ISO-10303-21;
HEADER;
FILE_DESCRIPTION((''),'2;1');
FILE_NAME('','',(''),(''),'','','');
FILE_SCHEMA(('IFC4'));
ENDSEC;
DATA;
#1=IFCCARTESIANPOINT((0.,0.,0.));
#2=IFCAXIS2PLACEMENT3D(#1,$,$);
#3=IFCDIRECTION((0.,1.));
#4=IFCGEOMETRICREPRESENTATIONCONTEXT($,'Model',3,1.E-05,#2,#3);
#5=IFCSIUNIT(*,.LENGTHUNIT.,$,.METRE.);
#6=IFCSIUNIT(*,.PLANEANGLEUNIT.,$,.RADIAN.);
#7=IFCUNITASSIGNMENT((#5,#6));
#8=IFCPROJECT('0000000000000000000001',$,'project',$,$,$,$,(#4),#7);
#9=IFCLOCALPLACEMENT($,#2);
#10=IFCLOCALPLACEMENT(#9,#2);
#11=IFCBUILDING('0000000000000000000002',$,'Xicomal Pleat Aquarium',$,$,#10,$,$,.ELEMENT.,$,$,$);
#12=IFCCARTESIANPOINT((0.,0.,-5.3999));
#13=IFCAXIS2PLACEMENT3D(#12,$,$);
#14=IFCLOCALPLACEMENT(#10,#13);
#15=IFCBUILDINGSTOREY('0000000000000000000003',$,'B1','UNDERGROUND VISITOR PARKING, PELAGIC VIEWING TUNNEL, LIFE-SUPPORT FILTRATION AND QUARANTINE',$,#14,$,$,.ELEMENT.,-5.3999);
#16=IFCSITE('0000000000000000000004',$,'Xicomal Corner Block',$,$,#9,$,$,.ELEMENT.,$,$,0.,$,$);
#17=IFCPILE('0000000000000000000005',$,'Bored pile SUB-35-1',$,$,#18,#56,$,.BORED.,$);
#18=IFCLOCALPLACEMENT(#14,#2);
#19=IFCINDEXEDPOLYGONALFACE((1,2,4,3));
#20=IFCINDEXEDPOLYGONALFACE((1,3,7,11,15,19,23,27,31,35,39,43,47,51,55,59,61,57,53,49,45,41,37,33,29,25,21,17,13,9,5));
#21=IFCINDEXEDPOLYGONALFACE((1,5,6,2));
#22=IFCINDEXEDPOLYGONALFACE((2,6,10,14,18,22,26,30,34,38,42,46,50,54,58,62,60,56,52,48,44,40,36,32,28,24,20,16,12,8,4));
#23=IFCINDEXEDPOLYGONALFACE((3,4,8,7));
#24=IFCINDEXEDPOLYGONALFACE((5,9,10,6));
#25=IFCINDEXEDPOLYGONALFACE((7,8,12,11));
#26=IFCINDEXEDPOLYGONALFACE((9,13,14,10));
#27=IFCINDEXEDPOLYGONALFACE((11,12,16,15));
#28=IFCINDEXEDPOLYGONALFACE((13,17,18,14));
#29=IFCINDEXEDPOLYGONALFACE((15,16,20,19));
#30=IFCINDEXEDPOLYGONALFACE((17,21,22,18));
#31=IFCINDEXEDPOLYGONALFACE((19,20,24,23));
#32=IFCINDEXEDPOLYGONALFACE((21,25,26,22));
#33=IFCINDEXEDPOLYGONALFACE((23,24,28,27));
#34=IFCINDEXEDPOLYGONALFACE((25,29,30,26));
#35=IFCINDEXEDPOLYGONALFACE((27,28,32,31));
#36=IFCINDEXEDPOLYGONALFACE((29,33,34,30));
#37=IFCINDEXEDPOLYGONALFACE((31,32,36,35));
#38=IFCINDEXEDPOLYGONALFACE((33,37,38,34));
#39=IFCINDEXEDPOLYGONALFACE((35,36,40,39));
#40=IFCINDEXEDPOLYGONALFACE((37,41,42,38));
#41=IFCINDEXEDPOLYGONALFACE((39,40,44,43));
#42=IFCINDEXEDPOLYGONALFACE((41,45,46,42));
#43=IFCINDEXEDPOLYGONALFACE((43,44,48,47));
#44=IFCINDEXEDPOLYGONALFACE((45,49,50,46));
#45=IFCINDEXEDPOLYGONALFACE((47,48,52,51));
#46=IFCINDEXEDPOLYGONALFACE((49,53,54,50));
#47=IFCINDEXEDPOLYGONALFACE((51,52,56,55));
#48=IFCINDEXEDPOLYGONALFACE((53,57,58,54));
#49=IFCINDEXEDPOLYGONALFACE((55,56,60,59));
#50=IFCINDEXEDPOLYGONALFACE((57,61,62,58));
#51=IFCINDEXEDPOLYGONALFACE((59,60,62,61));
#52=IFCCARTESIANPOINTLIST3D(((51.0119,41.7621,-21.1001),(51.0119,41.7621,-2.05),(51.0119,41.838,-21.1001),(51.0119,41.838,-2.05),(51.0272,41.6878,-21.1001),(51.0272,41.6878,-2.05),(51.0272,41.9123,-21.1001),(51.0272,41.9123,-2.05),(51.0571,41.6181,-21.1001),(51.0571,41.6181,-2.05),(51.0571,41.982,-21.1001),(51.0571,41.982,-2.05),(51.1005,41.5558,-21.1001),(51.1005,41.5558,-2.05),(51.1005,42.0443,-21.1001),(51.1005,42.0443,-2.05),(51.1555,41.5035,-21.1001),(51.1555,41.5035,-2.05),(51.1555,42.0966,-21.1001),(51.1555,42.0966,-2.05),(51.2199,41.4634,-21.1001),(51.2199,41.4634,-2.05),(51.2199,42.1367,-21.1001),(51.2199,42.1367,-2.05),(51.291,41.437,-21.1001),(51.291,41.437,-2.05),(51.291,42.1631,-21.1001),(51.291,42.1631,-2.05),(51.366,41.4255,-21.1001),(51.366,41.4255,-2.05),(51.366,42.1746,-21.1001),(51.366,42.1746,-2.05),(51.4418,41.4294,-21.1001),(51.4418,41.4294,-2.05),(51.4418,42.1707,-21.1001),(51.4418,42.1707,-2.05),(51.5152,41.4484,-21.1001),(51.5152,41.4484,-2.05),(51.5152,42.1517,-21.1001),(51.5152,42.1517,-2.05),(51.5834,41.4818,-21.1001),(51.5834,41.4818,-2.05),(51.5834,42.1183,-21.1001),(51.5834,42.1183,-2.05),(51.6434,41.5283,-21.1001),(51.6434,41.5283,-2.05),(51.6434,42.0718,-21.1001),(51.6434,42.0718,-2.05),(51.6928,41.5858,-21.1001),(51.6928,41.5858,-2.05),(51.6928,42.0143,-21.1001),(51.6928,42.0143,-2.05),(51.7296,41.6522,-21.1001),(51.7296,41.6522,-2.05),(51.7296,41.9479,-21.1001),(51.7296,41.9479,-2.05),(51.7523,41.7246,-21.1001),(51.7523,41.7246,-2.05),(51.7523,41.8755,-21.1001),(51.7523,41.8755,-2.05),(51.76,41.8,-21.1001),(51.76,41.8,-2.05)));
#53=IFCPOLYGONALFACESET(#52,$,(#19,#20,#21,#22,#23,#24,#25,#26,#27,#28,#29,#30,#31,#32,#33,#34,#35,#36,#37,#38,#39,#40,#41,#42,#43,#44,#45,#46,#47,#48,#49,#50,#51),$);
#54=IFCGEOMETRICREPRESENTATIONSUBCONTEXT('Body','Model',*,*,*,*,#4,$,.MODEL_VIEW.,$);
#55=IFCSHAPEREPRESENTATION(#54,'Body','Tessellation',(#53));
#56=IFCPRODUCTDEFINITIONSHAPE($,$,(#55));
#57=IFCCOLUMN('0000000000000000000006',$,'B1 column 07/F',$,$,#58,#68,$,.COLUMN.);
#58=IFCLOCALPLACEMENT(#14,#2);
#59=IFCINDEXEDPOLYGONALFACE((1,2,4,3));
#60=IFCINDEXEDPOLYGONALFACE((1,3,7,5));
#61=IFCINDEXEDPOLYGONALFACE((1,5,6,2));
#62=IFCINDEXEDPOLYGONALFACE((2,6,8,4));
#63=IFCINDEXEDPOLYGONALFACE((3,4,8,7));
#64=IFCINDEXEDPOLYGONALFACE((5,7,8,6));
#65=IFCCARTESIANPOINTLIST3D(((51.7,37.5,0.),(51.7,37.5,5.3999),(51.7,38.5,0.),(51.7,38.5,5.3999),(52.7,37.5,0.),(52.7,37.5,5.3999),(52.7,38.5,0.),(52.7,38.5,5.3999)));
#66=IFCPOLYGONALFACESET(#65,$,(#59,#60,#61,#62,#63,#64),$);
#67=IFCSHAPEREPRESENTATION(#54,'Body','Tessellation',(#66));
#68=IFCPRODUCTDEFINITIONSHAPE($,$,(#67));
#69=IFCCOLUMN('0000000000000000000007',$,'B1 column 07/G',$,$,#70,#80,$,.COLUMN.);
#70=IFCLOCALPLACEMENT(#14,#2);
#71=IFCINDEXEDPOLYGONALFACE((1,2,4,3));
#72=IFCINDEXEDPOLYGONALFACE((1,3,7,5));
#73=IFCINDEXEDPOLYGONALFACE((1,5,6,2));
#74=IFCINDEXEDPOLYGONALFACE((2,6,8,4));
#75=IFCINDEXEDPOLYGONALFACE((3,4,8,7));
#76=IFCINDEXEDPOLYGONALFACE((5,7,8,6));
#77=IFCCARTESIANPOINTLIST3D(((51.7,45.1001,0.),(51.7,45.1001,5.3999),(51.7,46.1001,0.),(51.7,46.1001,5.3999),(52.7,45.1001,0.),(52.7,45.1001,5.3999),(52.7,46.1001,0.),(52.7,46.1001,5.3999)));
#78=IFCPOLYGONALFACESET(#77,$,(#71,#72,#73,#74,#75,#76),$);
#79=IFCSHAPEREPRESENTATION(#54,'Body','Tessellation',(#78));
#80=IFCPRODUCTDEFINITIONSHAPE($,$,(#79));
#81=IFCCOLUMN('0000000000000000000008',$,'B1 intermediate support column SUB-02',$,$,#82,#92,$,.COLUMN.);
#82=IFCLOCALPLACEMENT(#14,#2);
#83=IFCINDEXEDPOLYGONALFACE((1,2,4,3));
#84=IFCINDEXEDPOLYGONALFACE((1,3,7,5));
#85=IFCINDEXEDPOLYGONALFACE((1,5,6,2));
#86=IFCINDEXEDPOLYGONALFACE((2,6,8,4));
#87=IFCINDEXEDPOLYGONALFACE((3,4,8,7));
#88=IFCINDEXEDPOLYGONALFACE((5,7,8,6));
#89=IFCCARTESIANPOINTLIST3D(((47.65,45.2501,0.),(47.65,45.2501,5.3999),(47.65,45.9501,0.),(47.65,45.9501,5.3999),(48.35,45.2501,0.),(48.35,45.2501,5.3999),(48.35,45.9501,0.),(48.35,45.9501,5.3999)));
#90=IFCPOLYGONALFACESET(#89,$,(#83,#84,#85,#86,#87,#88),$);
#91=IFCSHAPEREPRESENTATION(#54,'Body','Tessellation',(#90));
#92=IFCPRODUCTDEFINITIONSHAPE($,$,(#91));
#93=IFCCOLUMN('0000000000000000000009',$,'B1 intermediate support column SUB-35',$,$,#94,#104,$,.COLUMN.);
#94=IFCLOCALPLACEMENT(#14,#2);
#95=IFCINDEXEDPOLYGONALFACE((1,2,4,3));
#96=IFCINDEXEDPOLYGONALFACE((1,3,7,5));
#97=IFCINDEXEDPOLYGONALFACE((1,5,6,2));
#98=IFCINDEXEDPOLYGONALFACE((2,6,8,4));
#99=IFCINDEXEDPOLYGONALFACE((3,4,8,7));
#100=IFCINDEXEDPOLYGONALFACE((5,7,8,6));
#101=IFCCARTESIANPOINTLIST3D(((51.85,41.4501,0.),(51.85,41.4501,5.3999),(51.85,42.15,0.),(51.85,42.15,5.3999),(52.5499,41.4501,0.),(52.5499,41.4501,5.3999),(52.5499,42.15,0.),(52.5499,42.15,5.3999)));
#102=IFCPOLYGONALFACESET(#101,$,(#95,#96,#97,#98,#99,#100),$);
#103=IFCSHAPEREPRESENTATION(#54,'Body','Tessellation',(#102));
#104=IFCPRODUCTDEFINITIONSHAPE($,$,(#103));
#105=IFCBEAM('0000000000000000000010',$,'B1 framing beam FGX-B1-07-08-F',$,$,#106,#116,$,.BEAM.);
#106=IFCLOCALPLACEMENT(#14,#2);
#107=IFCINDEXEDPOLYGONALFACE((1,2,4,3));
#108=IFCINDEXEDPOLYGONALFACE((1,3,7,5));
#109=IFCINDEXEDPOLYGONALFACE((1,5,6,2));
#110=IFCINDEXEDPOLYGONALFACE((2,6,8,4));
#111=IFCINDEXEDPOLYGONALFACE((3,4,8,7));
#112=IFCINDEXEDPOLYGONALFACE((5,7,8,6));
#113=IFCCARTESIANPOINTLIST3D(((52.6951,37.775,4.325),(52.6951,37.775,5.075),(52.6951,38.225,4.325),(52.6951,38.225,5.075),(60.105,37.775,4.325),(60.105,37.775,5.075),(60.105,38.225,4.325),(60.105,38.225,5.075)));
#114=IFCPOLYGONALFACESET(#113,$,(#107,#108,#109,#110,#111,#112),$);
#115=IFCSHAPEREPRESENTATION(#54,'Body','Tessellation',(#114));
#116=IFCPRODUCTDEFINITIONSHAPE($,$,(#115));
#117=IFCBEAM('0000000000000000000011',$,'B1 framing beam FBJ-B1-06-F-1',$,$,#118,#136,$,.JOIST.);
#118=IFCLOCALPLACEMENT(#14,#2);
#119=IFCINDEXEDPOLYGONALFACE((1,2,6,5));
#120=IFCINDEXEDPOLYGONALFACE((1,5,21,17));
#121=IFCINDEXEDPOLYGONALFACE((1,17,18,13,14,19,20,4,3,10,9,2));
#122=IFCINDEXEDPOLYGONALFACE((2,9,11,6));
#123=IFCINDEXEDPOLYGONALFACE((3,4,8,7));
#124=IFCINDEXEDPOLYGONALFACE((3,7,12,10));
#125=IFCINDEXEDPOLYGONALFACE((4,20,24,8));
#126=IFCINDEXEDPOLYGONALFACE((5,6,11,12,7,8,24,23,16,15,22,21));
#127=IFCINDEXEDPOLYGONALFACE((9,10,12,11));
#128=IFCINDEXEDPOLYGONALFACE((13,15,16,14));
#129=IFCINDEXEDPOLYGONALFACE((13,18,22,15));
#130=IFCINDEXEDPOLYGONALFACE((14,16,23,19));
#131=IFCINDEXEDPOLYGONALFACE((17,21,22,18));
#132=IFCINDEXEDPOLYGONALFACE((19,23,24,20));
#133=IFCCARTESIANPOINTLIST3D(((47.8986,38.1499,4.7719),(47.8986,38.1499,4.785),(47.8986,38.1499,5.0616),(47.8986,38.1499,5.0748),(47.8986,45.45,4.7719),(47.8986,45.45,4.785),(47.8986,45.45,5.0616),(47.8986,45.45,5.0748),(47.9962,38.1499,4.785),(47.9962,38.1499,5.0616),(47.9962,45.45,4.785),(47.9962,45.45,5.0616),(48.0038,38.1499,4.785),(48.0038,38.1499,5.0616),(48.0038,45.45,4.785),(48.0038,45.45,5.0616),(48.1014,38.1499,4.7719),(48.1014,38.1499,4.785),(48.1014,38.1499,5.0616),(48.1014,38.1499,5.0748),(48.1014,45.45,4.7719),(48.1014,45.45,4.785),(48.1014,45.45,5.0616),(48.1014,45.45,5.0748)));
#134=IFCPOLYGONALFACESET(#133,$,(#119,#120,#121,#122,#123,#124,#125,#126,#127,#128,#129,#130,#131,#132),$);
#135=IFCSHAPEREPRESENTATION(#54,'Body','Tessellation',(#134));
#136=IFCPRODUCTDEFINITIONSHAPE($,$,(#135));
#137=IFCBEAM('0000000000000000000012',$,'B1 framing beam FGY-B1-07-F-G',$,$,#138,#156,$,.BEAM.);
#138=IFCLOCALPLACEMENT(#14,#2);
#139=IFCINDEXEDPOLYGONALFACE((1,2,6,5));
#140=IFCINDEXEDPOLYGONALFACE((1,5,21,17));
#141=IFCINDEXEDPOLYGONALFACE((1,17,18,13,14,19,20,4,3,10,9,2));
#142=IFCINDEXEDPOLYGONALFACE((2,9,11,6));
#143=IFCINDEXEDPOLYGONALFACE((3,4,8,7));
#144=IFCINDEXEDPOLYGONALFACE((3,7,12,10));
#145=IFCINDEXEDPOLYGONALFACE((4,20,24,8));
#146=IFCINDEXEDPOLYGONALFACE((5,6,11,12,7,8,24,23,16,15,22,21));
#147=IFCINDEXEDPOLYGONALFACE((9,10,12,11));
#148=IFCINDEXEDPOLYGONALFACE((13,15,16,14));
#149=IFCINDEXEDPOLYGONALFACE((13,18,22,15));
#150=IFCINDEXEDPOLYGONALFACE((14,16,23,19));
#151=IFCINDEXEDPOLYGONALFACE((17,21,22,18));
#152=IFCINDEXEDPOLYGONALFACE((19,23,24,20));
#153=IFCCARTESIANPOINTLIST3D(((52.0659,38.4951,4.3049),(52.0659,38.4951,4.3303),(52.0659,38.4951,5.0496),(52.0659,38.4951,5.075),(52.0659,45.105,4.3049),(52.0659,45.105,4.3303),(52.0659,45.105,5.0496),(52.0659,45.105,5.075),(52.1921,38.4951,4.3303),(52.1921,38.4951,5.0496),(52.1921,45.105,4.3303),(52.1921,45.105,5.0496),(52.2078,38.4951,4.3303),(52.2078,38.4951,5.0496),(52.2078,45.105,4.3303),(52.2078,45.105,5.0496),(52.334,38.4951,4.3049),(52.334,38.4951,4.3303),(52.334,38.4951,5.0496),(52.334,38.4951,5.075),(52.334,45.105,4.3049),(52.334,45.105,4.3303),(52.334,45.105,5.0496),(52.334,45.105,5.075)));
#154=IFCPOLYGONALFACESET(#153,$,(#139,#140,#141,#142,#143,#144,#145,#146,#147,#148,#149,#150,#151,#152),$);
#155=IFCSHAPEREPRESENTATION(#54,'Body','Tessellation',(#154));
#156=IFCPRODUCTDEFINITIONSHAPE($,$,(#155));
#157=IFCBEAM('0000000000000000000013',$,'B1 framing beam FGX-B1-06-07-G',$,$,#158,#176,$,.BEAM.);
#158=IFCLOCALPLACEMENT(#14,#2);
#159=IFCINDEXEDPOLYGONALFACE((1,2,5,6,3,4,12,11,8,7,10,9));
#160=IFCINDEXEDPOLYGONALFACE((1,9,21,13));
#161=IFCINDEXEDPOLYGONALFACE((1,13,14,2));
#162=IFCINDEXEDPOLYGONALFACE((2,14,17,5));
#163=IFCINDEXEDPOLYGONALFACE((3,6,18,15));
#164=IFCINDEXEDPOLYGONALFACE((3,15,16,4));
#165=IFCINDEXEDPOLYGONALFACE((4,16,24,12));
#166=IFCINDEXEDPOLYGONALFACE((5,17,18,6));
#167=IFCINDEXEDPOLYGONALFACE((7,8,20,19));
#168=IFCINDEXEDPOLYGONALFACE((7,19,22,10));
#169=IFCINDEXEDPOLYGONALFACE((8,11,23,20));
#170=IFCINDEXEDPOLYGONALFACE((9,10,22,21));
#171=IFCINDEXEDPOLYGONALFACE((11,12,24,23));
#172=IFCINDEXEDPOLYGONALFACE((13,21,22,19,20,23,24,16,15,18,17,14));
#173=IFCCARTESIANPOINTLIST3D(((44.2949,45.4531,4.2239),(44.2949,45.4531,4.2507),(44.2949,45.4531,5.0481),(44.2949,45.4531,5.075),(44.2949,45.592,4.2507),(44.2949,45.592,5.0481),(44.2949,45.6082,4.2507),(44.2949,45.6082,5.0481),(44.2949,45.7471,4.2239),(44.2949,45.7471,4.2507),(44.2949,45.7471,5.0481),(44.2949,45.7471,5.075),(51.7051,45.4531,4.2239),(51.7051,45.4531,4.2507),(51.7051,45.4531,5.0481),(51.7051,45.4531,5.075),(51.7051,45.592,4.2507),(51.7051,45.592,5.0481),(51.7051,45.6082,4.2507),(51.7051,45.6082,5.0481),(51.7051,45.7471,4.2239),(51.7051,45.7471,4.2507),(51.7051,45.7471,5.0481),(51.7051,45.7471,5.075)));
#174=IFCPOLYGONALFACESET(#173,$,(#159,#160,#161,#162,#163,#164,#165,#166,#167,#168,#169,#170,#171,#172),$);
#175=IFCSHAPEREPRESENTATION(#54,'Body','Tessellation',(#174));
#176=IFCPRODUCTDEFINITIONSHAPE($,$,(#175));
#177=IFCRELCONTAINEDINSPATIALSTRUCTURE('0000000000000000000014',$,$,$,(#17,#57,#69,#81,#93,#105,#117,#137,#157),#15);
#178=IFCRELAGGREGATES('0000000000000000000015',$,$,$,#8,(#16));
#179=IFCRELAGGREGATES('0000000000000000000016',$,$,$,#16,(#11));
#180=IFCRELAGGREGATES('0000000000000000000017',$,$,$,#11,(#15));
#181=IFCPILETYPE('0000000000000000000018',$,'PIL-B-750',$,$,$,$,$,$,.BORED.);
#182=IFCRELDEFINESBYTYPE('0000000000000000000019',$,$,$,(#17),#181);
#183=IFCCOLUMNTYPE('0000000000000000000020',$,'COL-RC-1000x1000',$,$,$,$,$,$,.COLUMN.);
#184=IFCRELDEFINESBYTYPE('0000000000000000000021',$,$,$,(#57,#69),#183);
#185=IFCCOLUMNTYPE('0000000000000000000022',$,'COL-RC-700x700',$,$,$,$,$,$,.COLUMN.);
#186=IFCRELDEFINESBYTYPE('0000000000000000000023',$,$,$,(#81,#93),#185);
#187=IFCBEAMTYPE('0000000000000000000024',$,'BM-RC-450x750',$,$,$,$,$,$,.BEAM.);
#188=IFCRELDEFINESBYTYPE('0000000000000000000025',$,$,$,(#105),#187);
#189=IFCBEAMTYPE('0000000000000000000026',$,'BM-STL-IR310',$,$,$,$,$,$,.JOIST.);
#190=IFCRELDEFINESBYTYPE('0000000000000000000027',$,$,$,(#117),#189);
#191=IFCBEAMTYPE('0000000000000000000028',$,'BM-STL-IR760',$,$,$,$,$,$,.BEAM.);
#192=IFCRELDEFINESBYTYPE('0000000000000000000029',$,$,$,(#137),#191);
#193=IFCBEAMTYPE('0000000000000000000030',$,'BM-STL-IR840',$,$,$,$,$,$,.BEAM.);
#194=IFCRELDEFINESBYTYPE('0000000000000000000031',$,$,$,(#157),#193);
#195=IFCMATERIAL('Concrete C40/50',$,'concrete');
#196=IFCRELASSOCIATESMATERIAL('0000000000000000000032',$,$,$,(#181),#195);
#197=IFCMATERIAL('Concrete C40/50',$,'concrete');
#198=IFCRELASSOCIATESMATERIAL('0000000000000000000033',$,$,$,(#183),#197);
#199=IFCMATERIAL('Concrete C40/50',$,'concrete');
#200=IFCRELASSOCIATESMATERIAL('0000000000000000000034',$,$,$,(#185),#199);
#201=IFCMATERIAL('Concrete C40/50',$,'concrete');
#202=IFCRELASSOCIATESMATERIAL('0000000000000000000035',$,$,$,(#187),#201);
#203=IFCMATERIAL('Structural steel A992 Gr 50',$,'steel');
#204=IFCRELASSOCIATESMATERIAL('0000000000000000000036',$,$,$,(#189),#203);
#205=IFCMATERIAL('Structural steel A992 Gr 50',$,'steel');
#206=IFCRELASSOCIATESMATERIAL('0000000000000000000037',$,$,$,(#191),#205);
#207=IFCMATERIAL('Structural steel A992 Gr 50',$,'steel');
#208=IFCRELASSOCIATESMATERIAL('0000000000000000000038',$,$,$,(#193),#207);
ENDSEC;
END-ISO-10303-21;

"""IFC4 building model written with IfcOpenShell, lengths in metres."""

from ifc_helpers import new_model, si_unit, direction, frame, origin, origin_2d, place, context, subcontext, project, spatial, rectangle, circle, i_section, extrude, material, material_profile, profile_set, type_object, element, save


model = new_model("IFC4")

# Units and contexts
model_context = context("Model", 3, precision=1e-05, world=origin(), true_north=direction((0.0, 1.0)))
body_context = subcontext(model_context, "Body", "Model", "MODEL_VIEW")
ifc_project = project(units=[si_unit("LENGTHUNIT", "METRE"), si_unit("PLANEANGLEUNIT", "RADIAN")], contexts=[model_context])

# Site, building, storey
site_placement = place(None, origin())
site = spatial("IfcSite", under=ifc_project, at=site_placement, Name="Xicomal Corner Block", CompositionType="ELEMENT", RefElevation=0.0)
building_placement = place(site_placement, origin())
building = spatial("IfcBuilding", under=site, at=building_placement, Name="Xicomal Pleat Aquarium", CompositionType="ELEMENT")
storey_placement = place(building_placement, frame((0.0, 0.0, -5.3999)))
storey = spatial("IfcBuildingStorey", under=building, at=storey_placement, Name="B1", Description="UNDERGROUND VISITOR PARKING, PELAGIC VIEWING TUNNEL, LIFE-SUPPORT FILTRATION AND QUARANTINE", CompositionType="ELEMENT", Elevation=-5.3999)

# Pile
ifc_material_1 = material(Name="Concrete C40/50", Category="concrete")
ifc_material_profile_1 = material_profile(ifc_material_1, circle(Radius=0.375, at=origin_2d()), Name="BORED PILE D750")
ifc_profile_set_1 = profile_set([ifc_material_profile_1], Name="Concrete C40/50")
pile_type_1 = type_object("IfcPileType", Name="PIL-B-750", PredefinedType="BORED", material=ifc_profile_set_1)
for number, where, z_axis, x_axis, name in (
    (1, (51.385, 41.8, -2.05), (0.0, 0.0, -1.0), (1.0, 0.0, 0.0), "Bored pile SUB-35-1"),
):
    element("IfcPile", number, at=place(storey_placement, frame(where, z_axis=z_axis, x_axis=x_axis)), inside=storey, type_object=pile_type_1, Name=name, PredefinedType="BORED", context=body_context, shape_type="SweptSolid", body=[
        extrude(circle(Radius=0.375, at=origin_2d()), origin(), (0.0, 0.0, 1.0), 19.05),
    ])

# Columns
ifc_material_2 = material(Name="Concrete C40/50", Category="concrete")
ifc_material_profile_2 = material_profile(ifc_material_2, rectangle(XDim=1.0, YDim=1.0, at=origin_2d()), Name="RC 1000x1000")
ifc_profile_set_2 = profile_set([ifc_material_profile_2], Name="Concrete C40/50")
column_type_1 = type_object("IfcColumnType", Name="COL-RC-1000x1000", PredefinedType="COLUMN", material=ifc_profile_set_2)
for number, where, z_axis, x_axis, name in (
    (2, (52.2, 38.0, 0.0), (0.0, 0.0, 1.0), (1.0, 0.0, 0.0), "B1 column 07/F"),
    (3, (52.2, 45.6001, 0.0), (0.0, 0.0, 1.0), (1.0, 0.0, 0.0), "B1 column 07/G"),
):
    element("IfcColumn", number, at=place(storey_placement, frame(where, z_axis=z_axis, x_axis=x_axis)), inside=storey, type_object=column_type_1, Name=name, PredefinedType="COLUMN", context=body_context, shape_type="SweptSolid", body=[
        extrude(rectangle(XDim=1.0, YDim=1.0, at=origin_2d()), origin(), (0.0, 0.0, 1.0), 5.3999),
    ])
ifc_material_3 = material(Name="Concrete C40/50", Category="concrete")
ifc_material_profile_3 = material_profile(ifc_material_3, rectangle(XDim=0.7, YDim=0.7, at=origin_2d()), Name="RC 700x700")
ifc_profile_set_3 = profile_set([ifc_material_profile_3], Name="Concrete C40/50")
column_type_2 = type_object("IfcColumnType", Name="COL-RC-700x700", PredefinedType="COLUMN", material=ifc_profile_set_3)
for number, where, z_axis, x_axis, name in (
    (4, (48.0, 45.6001, 0.0), (0.0, 0.0, 1.0), (1.0, 0.0, 0.0), "B1 intermediate support column SUB-02"),
    (5, (52.2, 41.8, 0.0), (0.0, 0.0, 1.0), (1.0, 0.0, 0.0), "B1 intermediate support column SUB-35"),
):
    element("IfcColumn", number, at=place(storey_placement, frame(where, z_axis=z_axis, x_axis=x_axis)), inside=storey, type_object=column_type_2, Name=name, PredefinedType="COLUMN", context=body_context, shape_type="SweptSolid", body=[
        extrude(rectangle(XDim=0.7, YDim=0.7, at=origin_2d()), origin(), (0.0, 0.0, 1.0), 5.3999),
    ])

# Beams
ifc_material_4 = material(Name="Concrete C40/50", Category="concrete")
ifc_material_profile_4 = material_profile(ifc_material_4, rectangle(XDim=0.45, YDim=0.75, at=origin_2d()), Name="RC 450x750")
ifc_profile_set_4 = profile_set([ifc_material_profile_4], Name="Concrete C40/50")
beam_type_1 = type_object("IfcBeamType", Name="BM-RC-450x750", PredefinedType="BEAM", material=ifc_profile_set_4)
beam_1_placement = place(storey_placement, frame((52.6951, 38.0, 4.7), z_axis=(1.0, 0.0, 0.0), x_axis=(0.0, 1.0, 0.0)))
element("IfcBeam", 6, at=beam_1_placement, inside=storey, type_object=beam_type_1, Name="B1 framing beam FGX-B1-07-08-F", PredefinedType="BEAM", context=body_context, shape_type="SweptSolid", body=[
    extrude(rectangle(XDim=0.45, YDim=0.75, at=origin_2d()), origin(), (0.0, 0.0, 1.0), 7.4099),
])
ifc_material_5 = material(Name="Structural steel A992 Gr 50", Category="steel")
ifc_material_profile_5 = material_profile(ifc_material_5, i_section(OverallWidth=0.2029, OverallDepth=0.303, WebThickness=0.0076, FlangeThickness=0.0132, at=origin_2d()), Name="IR 310x60")
ifc_profile_set_5 = profile_set([ifc_material_profile_5], Name="Structural steel A992 Gr 50")
beam_type_2 = type_object("IfcBeamType", Name="BM-STL-IR310", PredefinedType="JOIST", material=ifc_profile_set_5)
beam_2_placement = place(storey_placement, frame((48.0, 38.1499, 4.9233), z_axis=(0.0, 1.0, 0.0), x_axis=(-1.0, 0.0, 0.0)))
element("IfcBeam", 7, at=beam_2_placement, inside=storey, type_object=beam_type_2, Name="B1 framing beam FBJ-B1-06-F-1", PredefinedType="JOIST", context=body_context, shape_type="SweptSolid", body=[
    extrude(i_section(OverallWidth=0.2029, OverallDepth=0.303, WebThickness=0.0076, FlangeThickness=0.0132, at=origin_2d()), origin(), (0.0, 0.0, 1.0), 7.3),
])
ifc_material_6 = material(Name="Structural steel A992 Gr 50", Category="steel")
ifc_material_profile_6 = material_profile(ifc_material_6, i_section(OverallWidth=0.2681, OverallDepth=0.77, WebThickness=0.0156, FlangeThickness=0.0254, at=origin_2d()), Name="IR 760x196")
ifc_profile_set_6 = profile_set([ifc_material_profile_6], Name="Structural steel A992 Gr 50")
beam_type_3 = type_object("IfcBeamType", Name="BM-STL-IR760", PredefinedType="BEAM", material=ifc_profile_set_6)
beam_3_placement = place(storey_placement, frame((52.2, 38.4951, 4.6899), z_axis=(0.0, 1.0, 0.0), x_axis=(-1.0, 0.0, 0.0)))
element("IfcBeam", 8, at=beam_3_placement, inside=storey, type_object=beam_type_3, Name="B1 framing beam FGY-B1-07-F-G", PredefinedType="BEAM", context=body_context, shape_type="SweptSolid", body=[
    extrude(i_section(OverallWidth=0.2681, OverallDepth=0.77, WebThickness=0.0156, FlangeThickness=0.0254, at=origin_2d()), origin(), (0.0, 0.0, 1.0), 6.6099),
])
ifc_material_7 = material(Name="Structural steel A992 Gr 50", Category="steel")
ifc_material_profile_7 = material_profile(ifc_material_7, i_section(OverallWidth=0.2939, OverallDepth=0.8511, WebThickness=0.0161, FlangeThickness=0.0269, at=origin_2d()), Name="IR 840x226")
ifc_profile_set_7 = profile_set([ifc_material_profile_7], Name="Structural steel A992 Gr 50")
beam_type_4 = type_object("IfcBeamType", Name="BM-STL-IR840", PredefinedType="BEAM", material=ifc_profile_set_7)
beam_4_placement = place(storey_placement, frame((44.2949, 45.6001, 4.6494), z_axis=(1.0, 0.0, 0.0), x_axis=(0.0, 1.0, 0.0)))
element("IfcBeam", 9, at=beam_4_placement, inside=storey, type_object=beam_type_4, Name="B1 framing beam FGX-B1-06-07-G", PredefinedType="BEAM", context=body_context, shape_type="SweptSolid", body=[
    extrude(i_section(OverallWidth=0.2939, OverallDepth=0.8511, WebThickness=0.0161, FlangeThickness=0.0269, at=origin_2d()), origin(), (0.0, 0.0, 1.0), 7.4102),
])

save(model, "model.ifc")
